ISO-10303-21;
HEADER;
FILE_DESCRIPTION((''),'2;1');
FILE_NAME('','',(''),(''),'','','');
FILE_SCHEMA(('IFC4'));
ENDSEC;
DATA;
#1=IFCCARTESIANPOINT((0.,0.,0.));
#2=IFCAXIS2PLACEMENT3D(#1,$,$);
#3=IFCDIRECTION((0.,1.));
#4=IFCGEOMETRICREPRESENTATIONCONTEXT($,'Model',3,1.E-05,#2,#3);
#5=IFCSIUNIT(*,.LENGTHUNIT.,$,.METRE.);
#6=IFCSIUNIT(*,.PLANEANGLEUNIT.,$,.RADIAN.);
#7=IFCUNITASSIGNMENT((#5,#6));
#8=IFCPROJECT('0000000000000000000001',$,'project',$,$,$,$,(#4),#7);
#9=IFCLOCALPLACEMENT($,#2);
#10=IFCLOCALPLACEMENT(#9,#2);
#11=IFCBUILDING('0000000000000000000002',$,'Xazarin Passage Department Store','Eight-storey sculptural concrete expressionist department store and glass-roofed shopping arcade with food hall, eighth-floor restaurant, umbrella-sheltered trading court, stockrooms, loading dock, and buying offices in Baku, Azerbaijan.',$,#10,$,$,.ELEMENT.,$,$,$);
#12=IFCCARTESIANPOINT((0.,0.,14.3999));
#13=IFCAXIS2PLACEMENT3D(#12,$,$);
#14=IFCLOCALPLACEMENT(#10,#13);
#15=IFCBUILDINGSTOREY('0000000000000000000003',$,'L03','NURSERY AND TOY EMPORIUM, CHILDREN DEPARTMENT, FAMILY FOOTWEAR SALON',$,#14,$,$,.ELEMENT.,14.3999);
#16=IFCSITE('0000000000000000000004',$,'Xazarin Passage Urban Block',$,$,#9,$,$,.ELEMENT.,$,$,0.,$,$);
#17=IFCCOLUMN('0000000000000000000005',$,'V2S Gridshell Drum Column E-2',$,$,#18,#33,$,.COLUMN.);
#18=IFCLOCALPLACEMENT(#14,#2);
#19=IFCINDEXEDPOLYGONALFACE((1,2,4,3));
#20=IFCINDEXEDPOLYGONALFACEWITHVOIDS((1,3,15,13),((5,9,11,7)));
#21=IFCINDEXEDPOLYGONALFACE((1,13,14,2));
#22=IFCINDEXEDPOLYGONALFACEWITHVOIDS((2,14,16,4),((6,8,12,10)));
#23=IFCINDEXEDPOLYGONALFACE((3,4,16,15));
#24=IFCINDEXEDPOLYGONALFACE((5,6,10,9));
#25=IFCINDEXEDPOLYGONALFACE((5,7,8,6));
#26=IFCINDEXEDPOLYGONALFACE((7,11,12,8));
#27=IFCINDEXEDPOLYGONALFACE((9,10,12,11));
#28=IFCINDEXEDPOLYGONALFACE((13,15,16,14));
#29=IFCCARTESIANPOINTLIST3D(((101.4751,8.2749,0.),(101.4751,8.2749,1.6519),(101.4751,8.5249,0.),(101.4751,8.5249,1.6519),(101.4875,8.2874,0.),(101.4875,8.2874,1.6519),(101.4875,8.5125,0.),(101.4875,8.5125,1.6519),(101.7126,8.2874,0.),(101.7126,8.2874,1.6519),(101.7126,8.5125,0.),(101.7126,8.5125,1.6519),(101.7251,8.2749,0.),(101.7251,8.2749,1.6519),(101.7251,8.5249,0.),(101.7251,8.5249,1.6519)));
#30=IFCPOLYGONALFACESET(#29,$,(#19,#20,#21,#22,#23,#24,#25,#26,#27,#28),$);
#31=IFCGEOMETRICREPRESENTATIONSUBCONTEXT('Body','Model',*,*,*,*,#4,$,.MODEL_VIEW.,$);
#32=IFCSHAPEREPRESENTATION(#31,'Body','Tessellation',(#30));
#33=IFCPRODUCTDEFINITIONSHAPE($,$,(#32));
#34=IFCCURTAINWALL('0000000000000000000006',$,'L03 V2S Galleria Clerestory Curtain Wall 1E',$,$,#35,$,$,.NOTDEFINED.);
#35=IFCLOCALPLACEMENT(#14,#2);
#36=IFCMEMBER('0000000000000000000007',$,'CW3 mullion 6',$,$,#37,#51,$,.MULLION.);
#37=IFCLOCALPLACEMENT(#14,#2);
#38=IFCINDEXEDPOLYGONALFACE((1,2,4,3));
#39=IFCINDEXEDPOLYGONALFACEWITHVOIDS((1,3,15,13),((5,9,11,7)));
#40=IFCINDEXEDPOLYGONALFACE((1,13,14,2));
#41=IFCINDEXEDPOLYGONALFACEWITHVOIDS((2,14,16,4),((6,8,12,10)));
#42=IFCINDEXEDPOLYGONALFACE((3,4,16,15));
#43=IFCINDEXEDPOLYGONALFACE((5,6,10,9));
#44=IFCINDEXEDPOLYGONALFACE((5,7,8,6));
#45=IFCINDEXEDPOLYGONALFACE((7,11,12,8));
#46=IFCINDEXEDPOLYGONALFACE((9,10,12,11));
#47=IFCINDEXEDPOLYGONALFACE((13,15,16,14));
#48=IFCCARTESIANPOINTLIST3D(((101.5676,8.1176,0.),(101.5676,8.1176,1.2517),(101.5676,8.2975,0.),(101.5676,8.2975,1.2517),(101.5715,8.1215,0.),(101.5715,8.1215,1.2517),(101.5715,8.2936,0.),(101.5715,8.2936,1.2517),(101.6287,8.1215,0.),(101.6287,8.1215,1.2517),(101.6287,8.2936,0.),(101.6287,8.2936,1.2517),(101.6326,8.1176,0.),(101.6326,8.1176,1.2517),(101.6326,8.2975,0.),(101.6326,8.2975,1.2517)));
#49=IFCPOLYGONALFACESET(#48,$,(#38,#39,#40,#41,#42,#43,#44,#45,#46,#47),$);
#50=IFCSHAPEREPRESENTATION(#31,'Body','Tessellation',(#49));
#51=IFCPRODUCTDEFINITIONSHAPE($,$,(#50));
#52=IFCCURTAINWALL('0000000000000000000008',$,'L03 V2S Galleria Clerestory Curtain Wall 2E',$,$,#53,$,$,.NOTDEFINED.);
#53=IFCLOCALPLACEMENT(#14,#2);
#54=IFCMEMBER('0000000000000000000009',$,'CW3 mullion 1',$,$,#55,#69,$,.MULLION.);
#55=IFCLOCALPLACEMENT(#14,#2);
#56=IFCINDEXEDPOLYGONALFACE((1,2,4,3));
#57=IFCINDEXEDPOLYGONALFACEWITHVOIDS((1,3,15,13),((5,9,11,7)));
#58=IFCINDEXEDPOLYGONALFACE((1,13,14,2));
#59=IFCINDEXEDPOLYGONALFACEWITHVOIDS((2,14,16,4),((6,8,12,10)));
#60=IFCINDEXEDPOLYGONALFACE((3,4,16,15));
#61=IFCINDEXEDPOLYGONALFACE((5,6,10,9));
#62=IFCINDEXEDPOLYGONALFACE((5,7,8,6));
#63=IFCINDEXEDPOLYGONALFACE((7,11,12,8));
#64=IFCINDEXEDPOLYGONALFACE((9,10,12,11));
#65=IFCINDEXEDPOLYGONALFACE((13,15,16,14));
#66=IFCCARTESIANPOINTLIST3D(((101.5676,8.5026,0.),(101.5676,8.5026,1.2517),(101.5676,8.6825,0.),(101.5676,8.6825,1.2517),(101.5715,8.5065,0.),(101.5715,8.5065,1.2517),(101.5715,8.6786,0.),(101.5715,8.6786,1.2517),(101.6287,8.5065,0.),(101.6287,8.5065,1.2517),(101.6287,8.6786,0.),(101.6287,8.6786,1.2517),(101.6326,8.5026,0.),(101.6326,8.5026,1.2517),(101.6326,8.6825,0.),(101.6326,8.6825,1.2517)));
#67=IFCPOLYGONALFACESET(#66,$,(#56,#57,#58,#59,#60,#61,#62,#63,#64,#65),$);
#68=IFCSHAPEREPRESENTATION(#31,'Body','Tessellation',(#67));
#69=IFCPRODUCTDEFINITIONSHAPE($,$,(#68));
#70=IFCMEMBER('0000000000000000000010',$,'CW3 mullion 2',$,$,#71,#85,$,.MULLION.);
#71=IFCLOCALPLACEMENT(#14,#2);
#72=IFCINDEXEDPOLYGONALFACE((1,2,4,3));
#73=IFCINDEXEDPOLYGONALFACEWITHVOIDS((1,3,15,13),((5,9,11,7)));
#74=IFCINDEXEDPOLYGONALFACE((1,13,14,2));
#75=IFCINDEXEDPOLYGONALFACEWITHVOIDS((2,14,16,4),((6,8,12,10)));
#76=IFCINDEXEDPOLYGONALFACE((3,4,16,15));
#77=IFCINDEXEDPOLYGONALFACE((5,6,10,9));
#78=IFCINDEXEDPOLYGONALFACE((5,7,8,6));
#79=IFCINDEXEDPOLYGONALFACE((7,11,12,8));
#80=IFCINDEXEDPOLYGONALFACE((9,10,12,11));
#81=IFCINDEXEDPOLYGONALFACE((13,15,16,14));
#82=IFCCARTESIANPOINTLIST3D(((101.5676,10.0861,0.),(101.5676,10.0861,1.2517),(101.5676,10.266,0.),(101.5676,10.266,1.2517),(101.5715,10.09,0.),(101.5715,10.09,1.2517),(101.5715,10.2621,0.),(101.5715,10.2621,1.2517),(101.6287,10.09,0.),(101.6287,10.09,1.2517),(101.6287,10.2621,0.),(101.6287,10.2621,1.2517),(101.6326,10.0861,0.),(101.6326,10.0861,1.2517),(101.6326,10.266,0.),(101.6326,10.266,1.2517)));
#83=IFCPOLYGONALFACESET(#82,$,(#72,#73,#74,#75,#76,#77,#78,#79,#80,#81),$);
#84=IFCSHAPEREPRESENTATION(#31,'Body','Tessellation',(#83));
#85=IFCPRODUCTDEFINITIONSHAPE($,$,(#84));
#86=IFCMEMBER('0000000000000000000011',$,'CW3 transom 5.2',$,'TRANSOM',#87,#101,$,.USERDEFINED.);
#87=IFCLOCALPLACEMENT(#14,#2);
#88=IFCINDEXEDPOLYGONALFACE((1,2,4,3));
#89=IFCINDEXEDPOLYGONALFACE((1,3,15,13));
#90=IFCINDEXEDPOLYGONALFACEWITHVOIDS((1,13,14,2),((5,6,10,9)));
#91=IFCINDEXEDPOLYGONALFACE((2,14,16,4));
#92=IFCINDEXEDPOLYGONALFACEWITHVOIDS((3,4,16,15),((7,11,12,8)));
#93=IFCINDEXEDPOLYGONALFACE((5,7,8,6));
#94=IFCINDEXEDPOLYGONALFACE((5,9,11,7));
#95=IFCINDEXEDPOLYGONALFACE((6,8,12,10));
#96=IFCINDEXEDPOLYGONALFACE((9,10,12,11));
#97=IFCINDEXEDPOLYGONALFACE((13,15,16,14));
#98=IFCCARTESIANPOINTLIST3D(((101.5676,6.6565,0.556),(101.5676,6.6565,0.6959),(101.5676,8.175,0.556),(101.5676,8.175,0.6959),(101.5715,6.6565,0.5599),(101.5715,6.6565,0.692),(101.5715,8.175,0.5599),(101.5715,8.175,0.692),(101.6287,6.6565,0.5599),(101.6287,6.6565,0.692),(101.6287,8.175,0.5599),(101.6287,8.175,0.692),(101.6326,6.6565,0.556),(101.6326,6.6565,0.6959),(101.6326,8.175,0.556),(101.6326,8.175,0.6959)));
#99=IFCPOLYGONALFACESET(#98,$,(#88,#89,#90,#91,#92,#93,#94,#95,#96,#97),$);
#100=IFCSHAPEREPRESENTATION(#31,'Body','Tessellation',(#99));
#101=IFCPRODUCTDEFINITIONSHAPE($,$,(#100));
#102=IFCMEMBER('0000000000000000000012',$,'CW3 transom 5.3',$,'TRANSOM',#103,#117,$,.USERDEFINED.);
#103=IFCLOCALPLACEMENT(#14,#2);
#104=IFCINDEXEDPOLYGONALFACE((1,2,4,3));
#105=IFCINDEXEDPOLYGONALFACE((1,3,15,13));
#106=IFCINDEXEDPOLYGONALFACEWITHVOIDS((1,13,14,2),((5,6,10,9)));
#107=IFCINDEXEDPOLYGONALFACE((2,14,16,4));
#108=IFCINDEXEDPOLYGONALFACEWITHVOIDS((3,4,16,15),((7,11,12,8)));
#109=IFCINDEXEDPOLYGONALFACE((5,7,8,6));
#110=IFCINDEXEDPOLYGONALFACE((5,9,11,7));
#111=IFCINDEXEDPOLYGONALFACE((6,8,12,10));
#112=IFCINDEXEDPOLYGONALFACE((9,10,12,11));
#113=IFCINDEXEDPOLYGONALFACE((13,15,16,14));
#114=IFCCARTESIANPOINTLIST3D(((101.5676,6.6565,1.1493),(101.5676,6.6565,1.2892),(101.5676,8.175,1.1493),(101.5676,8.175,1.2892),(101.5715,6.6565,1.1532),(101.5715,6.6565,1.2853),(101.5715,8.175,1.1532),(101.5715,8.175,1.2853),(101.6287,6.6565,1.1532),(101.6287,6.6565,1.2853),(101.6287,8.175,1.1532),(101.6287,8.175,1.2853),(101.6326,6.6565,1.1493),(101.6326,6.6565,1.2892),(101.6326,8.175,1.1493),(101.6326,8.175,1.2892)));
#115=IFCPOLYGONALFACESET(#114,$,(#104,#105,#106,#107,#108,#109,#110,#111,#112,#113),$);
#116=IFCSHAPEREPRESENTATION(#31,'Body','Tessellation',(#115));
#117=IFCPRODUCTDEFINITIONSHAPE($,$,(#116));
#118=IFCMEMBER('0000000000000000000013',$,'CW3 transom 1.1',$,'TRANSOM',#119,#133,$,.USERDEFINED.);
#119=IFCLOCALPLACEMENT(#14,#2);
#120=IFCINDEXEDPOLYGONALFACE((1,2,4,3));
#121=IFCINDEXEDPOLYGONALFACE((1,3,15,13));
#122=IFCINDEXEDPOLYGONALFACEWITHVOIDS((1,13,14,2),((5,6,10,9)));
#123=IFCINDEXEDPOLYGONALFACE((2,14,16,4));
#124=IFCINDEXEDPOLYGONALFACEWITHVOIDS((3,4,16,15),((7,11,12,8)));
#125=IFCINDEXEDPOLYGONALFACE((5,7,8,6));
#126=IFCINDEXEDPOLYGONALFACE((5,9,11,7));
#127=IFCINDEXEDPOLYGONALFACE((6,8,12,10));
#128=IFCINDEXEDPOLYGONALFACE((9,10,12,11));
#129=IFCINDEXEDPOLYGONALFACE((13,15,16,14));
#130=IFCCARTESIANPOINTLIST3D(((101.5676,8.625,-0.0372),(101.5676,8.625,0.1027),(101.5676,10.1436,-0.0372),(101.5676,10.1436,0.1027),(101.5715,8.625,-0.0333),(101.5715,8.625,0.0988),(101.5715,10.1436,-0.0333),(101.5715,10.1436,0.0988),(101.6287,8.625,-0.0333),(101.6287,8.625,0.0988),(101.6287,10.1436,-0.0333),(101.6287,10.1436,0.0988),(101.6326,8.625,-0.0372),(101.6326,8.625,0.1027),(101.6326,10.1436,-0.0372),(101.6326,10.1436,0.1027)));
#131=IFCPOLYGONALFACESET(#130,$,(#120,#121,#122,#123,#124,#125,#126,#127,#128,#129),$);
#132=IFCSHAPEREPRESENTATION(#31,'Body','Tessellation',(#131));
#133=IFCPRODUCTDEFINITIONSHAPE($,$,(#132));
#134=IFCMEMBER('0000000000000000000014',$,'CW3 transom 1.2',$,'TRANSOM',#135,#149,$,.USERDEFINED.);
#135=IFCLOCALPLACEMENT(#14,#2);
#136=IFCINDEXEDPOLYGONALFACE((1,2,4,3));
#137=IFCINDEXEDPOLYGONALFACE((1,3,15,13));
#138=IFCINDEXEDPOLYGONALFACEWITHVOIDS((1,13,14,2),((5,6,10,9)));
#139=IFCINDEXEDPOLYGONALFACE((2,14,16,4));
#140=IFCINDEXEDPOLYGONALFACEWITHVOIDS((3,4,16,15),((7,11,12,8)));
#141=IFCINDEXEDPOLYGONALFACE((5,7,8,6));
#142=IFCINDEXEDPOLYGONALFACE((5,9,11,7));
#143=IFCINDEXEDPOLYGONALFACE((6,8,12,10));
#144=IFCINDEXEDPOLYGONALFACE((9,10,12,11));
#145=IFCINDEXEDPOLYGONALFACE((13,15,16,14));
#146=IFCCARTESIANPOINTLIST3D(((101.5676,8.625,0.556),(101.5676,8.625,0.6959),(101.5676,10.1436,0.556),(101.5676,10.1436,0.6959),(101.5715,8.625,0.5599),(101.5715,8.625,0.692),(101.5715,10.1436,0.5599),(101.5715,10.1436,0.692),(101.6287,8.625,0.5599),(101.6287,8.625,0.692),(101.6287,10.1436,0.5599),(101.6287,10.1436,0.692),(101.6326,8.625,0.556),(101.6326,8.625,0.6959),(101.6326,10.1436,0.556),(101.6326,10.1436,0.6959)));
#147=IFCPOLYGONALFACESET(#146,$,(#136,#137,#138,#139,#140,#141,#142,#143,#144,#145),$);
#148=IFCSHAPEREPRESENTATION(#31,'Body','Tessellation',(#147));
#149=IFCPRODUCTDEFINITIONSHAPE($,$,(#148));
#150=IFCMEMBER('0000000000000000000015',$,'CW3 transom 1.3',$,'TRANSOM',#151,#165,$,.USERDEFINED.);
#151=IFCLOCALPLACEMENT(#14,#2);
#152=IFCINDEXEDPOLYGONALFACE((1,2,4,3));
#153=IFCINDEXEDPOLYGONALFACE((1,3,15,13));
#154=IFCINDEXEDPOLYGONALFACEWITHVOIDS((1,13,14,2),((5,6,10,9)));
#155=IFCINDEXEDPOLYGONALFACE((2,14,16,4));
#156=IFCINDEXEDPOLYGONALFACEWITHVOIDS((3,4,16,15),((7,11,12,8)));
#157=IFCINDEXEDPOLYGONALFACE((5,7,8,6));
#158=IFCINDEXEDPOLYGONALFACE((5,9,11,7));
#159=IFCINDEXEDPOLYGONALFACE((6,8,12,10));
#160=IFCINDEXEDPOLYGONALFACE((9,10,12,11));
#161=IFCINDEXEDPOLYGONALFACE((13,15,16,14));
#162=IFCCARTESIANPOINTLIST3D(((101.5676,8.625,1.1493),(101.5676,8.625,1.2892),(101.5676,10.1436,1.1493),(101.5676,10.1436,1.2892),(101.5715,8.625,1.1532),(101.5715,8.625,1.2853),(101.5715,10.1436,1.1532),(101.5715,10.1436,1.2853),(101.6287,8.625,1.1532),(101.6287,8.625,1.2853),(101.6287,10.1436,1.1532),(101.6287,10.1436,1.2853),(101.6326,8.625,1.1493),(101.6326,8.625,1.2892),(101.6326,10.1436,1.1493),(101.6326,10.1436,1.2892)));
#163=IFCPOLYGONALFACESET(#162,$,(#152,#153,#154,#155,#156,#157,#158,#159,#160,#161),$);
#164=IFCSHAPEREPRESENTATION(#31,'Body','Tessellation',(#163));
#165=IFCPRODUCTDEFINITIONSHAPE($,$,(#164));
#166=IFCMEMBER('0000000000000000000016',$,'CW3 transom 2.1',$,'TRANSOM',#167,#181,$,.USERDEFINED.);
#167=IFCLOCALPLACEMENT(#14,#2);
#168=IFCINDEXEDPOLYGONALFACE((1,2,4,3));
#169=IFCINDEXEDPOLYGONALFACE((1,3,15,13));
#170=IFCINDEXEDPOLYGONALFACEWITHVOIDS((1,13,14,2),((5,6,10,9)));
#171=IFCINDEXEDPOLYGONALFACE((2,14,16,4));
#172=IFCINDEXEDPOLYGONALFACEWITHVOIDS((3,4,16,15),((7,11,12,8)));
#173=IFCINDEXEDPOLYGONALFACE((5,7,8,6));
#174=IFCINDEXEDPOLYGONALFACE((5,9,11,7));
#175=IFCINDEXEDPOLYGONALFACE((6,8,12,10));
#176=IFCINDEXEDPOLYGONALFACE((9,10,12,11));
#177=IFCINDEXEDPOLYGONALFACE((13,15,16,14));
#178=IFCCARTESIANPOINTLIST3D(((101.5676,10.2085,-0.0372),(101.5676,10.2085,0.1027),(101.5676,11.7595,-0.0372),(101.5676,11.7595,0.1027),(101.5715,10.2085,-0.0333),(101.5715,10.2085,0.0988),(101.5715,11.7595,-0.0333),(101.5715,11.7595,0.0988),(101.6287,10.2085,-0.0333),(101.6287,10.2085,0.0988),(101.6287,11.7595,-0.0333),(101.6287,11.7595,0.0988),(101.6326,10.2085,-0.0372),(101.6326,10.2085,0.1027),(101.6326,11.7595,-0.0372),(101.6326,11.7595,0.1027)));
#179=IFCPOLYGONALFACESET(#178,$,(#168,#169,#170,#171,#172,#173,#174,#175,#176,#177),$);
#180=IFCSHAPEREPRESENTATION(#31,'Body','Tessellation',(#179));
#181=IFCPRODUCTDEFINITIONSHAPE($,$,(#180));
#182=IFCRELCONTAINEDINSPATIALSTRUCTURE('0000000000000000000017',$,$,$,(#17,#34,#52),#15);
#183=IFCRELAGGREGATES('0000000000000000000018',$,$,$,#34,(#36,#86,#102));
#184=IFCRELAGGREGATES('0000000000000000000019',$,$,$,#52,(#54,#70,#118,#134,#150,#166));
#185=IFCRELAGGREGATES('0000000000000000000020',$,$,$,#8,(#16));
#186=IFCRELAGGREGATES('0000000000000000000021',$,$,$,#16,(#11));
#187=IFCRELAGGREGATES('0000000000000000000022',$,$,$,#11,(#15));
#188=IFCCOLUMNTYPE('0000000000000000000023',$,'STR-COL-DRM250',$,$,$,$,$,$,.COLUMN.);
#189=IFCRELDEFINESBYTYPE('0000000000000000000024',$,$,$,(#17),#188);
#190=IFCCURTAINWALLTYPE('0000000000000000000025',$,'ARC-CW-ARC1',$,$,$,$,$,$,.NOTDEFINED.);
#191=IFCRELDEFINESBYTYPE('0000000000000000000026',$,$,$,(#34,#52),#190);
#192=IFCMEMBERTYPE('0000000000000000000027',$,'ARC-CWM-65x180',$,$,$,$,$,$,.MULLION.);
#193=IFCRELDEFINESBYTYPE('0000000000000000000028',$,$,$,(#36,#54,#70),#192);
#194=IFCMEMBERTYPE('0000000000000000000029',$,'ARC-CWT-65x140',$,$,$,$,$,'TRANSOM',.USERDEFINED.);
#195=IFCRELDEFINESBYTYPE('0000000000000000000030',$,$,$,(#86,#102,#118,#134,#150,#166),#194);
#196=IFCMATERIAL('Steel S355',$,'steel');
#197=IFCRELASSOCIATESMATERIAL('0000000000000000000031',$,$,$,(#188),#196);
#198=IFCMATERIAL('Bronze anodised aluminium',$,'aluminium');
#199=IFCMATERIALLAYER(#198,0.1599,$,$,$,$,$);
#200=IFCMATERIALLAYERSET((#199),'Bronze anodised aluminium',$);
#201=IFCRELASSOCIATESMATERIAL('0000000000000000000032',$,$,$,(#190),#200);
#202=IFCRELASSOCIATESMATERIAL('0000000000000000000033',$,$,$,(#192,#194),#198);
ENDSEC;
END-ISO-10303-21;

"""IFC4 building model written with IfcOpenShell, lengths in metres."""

from ifc_helpers import new_model, si_unit, direction, frame, origin, origin_2d, place, context, subcontext, project, spatial, hollow_rectangle, extrude, material, layer, layer_set, material_profile, profile_set, type_object, element, aggregate, save


model = new_model("IFC4")

# Units and contexts
model_context = context("Model", 3, precision=1e-05, world=origin(), true_north=direction((0.0, 1.0)))
body_context = subcontext(model_context, "Body", "Model", "MODEL_VIEW")
ifc_project = project(units=[si_unit("LENGTHUNIT", "METRE"), si_unit("PLANEANGLEUNIT", "RADIAN")], contexts=[model_context])

# Site, building, storey
site_placement = place(None, origin())
site = spatial("IfcSite", under=ifc_project, at=site_placement, Name="Xazarin Passage Urban Block", CompositionType="ELEMENT", RefElevation=0.0)
building_placement = place(site_placement, origin())
building = spatial("IfcBuilding", under=site, at=building_placement, Name="Xazarin Passage Department Store", Description="Eight-storey sculptural concrete expressionist department store and glass-roofed shopping arcade with food hall, eighth-floor restaurant, umbrella-sheltered trading court, stockrooms, loading dock, and buying offices in Baku, Azerbaijan.", CompositionType="ELEMENT")
storey_placement = place(building_placement, frame((0.0, 0.0, 14.3999)))
storey = spatial("IfcBuildingStorey", under=building, at=storey_placement, Name="L03", Description="NURSERY AND TOY EMPORIUM, CHILDREN DEPARTMENT, FAMILY FOOTWEAR SALON", CompositionType="ELEMENT", Elevation=14.3999)

# Column
ifc_material_1 = material(Name="Steel S355", Category="steel")
ifc_material_profile_1 = material_profile(ifc_material_1, hollow_rectangle(XDim=0.25, YDim=0.25, WallThickness=0.0125, at=origin_2d()), Name="SHS 250x250x12.5")
ifc_profile_set_1 = profile_set([ifc_material_profile_1], Name="Steel S355")
column_type = type_object("IfcColumnType", Name="STR-COL-DRM250", PredefinedType="COLUMN", material=ifc_profile_set_1)
column_placement = place(storey_placement, frame((101.6001, 8.3999, 0.0), z_axis=(0.0, 0.0, 1.0), x_axis=(1.0, 0.0, 0.0)))
element("IfcColumn", 1, at=column_placement, inside=storey, type_object=column_type, Name="V2S Gridshell Drum Column E-2", PredefinedType="COLUMN", context=body_context, shape_type="SweptSolid", body=[
    extrude(hollow_rectangle(XDim=0.25, YDim=0.25, WallThickness=0.0125, at=origin_2d()), origin(), (0.0, 0.0, 1.0), 1.6519),
])

# Curtain wall, member
ifc_material_2 = material(Name="Bronze anodised aluminium", Category="aluminium")
ifc_layer_1 = layer(ifc_material_2, 0.1599)
ifc_layer_set_1 = layer_set([ifc_layer_1], Name="Bronze anodised aluminium")
curtain_wall_type = type_object("IfcCurtainWallType", Name="ARC-CW-ARC1", PredefinedType="NOTDEFINED", material=ifc_layer_set_1)
curtain_wall_1_placement = place(storey_placement, origin())
curtain_wall_1 = element("IfcCurtainWall", 2, at=curtain_wall_1_placement, inside=storey, type_object=curtain_wall_type, Name="L03 V2S Galleria Clerestory Curtain Wall 1E", PredefinedType="NOTDEFINED")
ifc_material_profile_2 = material_profile(ifc_material_2, hollow_rectangle(XDim=0.0649, YDim=0.1799, WallThickness=0.0039, at=origin_2d()), Name="ALU 65x180")
ifc_profile_set_2 = profile_set([ifc_material_profile_2], Name="Bronze anodised aluminium")
member_type_1 = type_object("IfcMemberType", Name="ARC-CWM-65x180", PredefinedType="MULLION", material=ifc_profile_set_2)
member_1_placement = place(storey_placement, frame((101.6001, 8.2075, 0.0), z_axis=(0.0, 0.0, 1.0), x_axis=(-1.0, 0.0, 0.0)))
member_1 = element("IfcMember", 3, at=member_1_placement, type_object=member_type_1, Name="CW3 mullion 6", PredefinedType="MULLION", context=body_context, shape_type="SweptSolid", body=[
    extrude(hollow_rectangle(XDim=0.0649, YDim=0.1799, WallThickness=0.0039, at=origin_2d()), origin(), (0.0, 0.0, 1.0), 1.2517),
])

# Curtain wall, members
curtain_wall_2_placement = place(storey_placement, origin())
curtain_wall_2 = element("IfcCurtainWall", 4, at=curtain_wall_2_placement, inside=storey, type_object=curtain_wall_type, Name="L03 V2S Galleria Clerestory Curtain Wall 2E", PredefinedType="NOTDEFINED")
member_2_placement = place(storey_placement, frame((101.6001, 8.5925, 0.0), z_axis=(0.0, 0.0, 1.0), x_axis=(-1.0, 0.0, 0.0)))
member_2 = element("IfcMember", 5, at=member_2_placement, type_object=member_type_1, Name="CW3 mullion 1", PredefinedType="MULLION", context=body_context, shape_type="SweptSolid", body=[
    extrude(hollow_rectangle(XDim=0.0649, YDim=0.1799, WallThickness=0.0039, at=origin_2d()), origin(), (0.0, 0.0, 1.0), 1.2517),
])
member_3_placement = place(storey_placement, frame((101.6001, 10.176, 0.0), z_axis=(0.0, 0.0, 1.0), x_axis=(-1.0, 0.0, 0.0)))
member_3 = element("IfcMember", 6, at=member_3_placement, type_object=member_type_1, Name="CW3 mullion 2", PredefinedType="MULLION", context=body_context, shape_type="SweptSolid", body=[
    extrude(hollow_rectangle(XDim=0.0649, YDim=0.1799, WallThickness=0.0039, at=origin_2d()), origin(), (0.0, 0.0, 1.0), 1.2517),
])

# Members
ifc_material_profile_3 = material_profile(ifc_material_2, hollow_rectangle(XDim=0.0649, YDim=0.1399, WallThickness=0.0039, at=origin_2d()), Name="ALU 65x140")
ifc_profile_set_3 = profile_set([ifc_material_profile_3], Name="Bronze anodised aluminium")
member_type_2 = type_object("IfcMemberType", Name="ARC-CWT-65x140", ElementType="TRANSOM", PredefinedType="USERDEFINED", material=ifc_profile_set_3)
member_4_placement = place(storey_placement, frame((101.6001, 6.6565, 0.626), z_axis=(0.0, 1.0, 0.0), x_axis=(-1.0, 0.0, 0.0)))
member_4 = element("IfcMember", 7, at=member_4_placement, type_object=member_type_2, Name="CW3 transom 5.2", ObjectType="TRANSOM", PredefinedType="USERDEFINED", context=body_context, shape_type="SweptSolid", body=[
    extrude(hollow_rectangle(XDim=0.0649, YDim=0.1399, WallThickness=0.0039, at=origin_2d()), origin(), (0.0, 0.0, 1.0), 1.5186),
])
member_5_placement = place(storey_placement, frame((101.6001, 6.6565, 1.2192), z_axis=(0.0, 1.0, 0.0), x_axis=(-1.0, 0.0, 0.0)))
member_5 = element("IfcMember", 8, at=member_5_placement, type_object=member_type_2, Name="CW3 transom 5.3", ObjectType="TRANSOM", PredefinedType="USERDEFINED", context=body_context, shape_type="SweptSolid", body=[
    extrude(hollow_rectangle(XDim=0.0649, YDim=0.1399, WallThickness=0.0039, at=origin_2d()), origin(), (0.0, 0.0, 1.0), 1.5186),
])
member_6_placement = place(storey_placement, frame((101.6001, 8.625, 0.0327), z_axis=(0.0, 1.0, 0.0), x_axis=(-1.0, 0.0, 0.0)))
member_6 = element("IfcMember", 9, at=member_6_placement, type_object=member_type_2, Name="CW3 transom 1.1", ObjectType="TRANSOM", PredefinedType="USERDEFINED", context=body_context, shape_type="SweptSolid", body=[
    extrude(hollow_rectangle(XDim=0.0649, YDim=0.1399, WallThickness=0.0039, at=origin_2d()), origin(), (0.0, 0.0, 1.0), 1.5186),
])
member_7_placement = place(storey_placement, frame((101.6001, 8.625, 0.626), z_axis=(0.0, 1.0, 0.0), x_axis=(-1.0, 0.0, 0.0)))
member_7 = element("IfcMember", 10, at=member_7_placement, type_object=member_type_2, Name="CW3 transom 1.2", ObjectType="TRANSOM", PredefinedType="USERDEFINED", context=body_context, shape_type="SweptSolid", body=[
    extrude(hollow_rectangle(XDim=0.0649, YDim=0.1399, WallThickness=0.0039, at=origin_2d()), origin(), (0.0, 0.0, 1.0), 1.5186),
])
member_8_placement = place(storey_placement, frame((101.6001, 8.625, 1.2192), z_axis=(0.0, 1.0, 0.0), x_axis=(-1.0, 0.0, 0.0)))
member_8 = element("IfcMember", 11, at=member_8_placement, type_object=member_type_2, Name="CW3 transom 1.3", ObjectType="TRANSOM", PredefinedType="USERDEFINED", context=body_context, shape_type="SweptSolid", body=[
    extrude(hollow_rectangle(XDim=0.0649, YDim=0.1399, WallThickness=0.0039, at=origin_2d()), origin(), (0.0, 0.0, 1.0), 1.5186),
])
member_9_placement = place(storey_placement, frame((101.6001, 10.2085, 0.0327), z_axis=(0.0, 1.0, 0.0), x_axis=(-1.0, 0.0, 0.0)))
member_9 = element("IfcMember", 12, at=member_9_placement, type_object=member_type_2, Name="CW3 transom 2.1", ObjectType="TRANSOM", PredefinedType="USERDEFINED", context=body_context, shape_type="SweptSolid", body=[
    extrude(hollow_rectangle(XDim=0.0649, YDim=0.1399, WallThickness=0.0039, at=origin_2d()), origin(), (0.0, 0.0, 1.0), 1.551),
])

aggregate(curtain_wall_1, [member_1, member_4, member_5])
aggregate(curtain_wall_2, [member_2, member_3, member_6, member_7, member_8, member_9])

save(model, "model.ifc")
